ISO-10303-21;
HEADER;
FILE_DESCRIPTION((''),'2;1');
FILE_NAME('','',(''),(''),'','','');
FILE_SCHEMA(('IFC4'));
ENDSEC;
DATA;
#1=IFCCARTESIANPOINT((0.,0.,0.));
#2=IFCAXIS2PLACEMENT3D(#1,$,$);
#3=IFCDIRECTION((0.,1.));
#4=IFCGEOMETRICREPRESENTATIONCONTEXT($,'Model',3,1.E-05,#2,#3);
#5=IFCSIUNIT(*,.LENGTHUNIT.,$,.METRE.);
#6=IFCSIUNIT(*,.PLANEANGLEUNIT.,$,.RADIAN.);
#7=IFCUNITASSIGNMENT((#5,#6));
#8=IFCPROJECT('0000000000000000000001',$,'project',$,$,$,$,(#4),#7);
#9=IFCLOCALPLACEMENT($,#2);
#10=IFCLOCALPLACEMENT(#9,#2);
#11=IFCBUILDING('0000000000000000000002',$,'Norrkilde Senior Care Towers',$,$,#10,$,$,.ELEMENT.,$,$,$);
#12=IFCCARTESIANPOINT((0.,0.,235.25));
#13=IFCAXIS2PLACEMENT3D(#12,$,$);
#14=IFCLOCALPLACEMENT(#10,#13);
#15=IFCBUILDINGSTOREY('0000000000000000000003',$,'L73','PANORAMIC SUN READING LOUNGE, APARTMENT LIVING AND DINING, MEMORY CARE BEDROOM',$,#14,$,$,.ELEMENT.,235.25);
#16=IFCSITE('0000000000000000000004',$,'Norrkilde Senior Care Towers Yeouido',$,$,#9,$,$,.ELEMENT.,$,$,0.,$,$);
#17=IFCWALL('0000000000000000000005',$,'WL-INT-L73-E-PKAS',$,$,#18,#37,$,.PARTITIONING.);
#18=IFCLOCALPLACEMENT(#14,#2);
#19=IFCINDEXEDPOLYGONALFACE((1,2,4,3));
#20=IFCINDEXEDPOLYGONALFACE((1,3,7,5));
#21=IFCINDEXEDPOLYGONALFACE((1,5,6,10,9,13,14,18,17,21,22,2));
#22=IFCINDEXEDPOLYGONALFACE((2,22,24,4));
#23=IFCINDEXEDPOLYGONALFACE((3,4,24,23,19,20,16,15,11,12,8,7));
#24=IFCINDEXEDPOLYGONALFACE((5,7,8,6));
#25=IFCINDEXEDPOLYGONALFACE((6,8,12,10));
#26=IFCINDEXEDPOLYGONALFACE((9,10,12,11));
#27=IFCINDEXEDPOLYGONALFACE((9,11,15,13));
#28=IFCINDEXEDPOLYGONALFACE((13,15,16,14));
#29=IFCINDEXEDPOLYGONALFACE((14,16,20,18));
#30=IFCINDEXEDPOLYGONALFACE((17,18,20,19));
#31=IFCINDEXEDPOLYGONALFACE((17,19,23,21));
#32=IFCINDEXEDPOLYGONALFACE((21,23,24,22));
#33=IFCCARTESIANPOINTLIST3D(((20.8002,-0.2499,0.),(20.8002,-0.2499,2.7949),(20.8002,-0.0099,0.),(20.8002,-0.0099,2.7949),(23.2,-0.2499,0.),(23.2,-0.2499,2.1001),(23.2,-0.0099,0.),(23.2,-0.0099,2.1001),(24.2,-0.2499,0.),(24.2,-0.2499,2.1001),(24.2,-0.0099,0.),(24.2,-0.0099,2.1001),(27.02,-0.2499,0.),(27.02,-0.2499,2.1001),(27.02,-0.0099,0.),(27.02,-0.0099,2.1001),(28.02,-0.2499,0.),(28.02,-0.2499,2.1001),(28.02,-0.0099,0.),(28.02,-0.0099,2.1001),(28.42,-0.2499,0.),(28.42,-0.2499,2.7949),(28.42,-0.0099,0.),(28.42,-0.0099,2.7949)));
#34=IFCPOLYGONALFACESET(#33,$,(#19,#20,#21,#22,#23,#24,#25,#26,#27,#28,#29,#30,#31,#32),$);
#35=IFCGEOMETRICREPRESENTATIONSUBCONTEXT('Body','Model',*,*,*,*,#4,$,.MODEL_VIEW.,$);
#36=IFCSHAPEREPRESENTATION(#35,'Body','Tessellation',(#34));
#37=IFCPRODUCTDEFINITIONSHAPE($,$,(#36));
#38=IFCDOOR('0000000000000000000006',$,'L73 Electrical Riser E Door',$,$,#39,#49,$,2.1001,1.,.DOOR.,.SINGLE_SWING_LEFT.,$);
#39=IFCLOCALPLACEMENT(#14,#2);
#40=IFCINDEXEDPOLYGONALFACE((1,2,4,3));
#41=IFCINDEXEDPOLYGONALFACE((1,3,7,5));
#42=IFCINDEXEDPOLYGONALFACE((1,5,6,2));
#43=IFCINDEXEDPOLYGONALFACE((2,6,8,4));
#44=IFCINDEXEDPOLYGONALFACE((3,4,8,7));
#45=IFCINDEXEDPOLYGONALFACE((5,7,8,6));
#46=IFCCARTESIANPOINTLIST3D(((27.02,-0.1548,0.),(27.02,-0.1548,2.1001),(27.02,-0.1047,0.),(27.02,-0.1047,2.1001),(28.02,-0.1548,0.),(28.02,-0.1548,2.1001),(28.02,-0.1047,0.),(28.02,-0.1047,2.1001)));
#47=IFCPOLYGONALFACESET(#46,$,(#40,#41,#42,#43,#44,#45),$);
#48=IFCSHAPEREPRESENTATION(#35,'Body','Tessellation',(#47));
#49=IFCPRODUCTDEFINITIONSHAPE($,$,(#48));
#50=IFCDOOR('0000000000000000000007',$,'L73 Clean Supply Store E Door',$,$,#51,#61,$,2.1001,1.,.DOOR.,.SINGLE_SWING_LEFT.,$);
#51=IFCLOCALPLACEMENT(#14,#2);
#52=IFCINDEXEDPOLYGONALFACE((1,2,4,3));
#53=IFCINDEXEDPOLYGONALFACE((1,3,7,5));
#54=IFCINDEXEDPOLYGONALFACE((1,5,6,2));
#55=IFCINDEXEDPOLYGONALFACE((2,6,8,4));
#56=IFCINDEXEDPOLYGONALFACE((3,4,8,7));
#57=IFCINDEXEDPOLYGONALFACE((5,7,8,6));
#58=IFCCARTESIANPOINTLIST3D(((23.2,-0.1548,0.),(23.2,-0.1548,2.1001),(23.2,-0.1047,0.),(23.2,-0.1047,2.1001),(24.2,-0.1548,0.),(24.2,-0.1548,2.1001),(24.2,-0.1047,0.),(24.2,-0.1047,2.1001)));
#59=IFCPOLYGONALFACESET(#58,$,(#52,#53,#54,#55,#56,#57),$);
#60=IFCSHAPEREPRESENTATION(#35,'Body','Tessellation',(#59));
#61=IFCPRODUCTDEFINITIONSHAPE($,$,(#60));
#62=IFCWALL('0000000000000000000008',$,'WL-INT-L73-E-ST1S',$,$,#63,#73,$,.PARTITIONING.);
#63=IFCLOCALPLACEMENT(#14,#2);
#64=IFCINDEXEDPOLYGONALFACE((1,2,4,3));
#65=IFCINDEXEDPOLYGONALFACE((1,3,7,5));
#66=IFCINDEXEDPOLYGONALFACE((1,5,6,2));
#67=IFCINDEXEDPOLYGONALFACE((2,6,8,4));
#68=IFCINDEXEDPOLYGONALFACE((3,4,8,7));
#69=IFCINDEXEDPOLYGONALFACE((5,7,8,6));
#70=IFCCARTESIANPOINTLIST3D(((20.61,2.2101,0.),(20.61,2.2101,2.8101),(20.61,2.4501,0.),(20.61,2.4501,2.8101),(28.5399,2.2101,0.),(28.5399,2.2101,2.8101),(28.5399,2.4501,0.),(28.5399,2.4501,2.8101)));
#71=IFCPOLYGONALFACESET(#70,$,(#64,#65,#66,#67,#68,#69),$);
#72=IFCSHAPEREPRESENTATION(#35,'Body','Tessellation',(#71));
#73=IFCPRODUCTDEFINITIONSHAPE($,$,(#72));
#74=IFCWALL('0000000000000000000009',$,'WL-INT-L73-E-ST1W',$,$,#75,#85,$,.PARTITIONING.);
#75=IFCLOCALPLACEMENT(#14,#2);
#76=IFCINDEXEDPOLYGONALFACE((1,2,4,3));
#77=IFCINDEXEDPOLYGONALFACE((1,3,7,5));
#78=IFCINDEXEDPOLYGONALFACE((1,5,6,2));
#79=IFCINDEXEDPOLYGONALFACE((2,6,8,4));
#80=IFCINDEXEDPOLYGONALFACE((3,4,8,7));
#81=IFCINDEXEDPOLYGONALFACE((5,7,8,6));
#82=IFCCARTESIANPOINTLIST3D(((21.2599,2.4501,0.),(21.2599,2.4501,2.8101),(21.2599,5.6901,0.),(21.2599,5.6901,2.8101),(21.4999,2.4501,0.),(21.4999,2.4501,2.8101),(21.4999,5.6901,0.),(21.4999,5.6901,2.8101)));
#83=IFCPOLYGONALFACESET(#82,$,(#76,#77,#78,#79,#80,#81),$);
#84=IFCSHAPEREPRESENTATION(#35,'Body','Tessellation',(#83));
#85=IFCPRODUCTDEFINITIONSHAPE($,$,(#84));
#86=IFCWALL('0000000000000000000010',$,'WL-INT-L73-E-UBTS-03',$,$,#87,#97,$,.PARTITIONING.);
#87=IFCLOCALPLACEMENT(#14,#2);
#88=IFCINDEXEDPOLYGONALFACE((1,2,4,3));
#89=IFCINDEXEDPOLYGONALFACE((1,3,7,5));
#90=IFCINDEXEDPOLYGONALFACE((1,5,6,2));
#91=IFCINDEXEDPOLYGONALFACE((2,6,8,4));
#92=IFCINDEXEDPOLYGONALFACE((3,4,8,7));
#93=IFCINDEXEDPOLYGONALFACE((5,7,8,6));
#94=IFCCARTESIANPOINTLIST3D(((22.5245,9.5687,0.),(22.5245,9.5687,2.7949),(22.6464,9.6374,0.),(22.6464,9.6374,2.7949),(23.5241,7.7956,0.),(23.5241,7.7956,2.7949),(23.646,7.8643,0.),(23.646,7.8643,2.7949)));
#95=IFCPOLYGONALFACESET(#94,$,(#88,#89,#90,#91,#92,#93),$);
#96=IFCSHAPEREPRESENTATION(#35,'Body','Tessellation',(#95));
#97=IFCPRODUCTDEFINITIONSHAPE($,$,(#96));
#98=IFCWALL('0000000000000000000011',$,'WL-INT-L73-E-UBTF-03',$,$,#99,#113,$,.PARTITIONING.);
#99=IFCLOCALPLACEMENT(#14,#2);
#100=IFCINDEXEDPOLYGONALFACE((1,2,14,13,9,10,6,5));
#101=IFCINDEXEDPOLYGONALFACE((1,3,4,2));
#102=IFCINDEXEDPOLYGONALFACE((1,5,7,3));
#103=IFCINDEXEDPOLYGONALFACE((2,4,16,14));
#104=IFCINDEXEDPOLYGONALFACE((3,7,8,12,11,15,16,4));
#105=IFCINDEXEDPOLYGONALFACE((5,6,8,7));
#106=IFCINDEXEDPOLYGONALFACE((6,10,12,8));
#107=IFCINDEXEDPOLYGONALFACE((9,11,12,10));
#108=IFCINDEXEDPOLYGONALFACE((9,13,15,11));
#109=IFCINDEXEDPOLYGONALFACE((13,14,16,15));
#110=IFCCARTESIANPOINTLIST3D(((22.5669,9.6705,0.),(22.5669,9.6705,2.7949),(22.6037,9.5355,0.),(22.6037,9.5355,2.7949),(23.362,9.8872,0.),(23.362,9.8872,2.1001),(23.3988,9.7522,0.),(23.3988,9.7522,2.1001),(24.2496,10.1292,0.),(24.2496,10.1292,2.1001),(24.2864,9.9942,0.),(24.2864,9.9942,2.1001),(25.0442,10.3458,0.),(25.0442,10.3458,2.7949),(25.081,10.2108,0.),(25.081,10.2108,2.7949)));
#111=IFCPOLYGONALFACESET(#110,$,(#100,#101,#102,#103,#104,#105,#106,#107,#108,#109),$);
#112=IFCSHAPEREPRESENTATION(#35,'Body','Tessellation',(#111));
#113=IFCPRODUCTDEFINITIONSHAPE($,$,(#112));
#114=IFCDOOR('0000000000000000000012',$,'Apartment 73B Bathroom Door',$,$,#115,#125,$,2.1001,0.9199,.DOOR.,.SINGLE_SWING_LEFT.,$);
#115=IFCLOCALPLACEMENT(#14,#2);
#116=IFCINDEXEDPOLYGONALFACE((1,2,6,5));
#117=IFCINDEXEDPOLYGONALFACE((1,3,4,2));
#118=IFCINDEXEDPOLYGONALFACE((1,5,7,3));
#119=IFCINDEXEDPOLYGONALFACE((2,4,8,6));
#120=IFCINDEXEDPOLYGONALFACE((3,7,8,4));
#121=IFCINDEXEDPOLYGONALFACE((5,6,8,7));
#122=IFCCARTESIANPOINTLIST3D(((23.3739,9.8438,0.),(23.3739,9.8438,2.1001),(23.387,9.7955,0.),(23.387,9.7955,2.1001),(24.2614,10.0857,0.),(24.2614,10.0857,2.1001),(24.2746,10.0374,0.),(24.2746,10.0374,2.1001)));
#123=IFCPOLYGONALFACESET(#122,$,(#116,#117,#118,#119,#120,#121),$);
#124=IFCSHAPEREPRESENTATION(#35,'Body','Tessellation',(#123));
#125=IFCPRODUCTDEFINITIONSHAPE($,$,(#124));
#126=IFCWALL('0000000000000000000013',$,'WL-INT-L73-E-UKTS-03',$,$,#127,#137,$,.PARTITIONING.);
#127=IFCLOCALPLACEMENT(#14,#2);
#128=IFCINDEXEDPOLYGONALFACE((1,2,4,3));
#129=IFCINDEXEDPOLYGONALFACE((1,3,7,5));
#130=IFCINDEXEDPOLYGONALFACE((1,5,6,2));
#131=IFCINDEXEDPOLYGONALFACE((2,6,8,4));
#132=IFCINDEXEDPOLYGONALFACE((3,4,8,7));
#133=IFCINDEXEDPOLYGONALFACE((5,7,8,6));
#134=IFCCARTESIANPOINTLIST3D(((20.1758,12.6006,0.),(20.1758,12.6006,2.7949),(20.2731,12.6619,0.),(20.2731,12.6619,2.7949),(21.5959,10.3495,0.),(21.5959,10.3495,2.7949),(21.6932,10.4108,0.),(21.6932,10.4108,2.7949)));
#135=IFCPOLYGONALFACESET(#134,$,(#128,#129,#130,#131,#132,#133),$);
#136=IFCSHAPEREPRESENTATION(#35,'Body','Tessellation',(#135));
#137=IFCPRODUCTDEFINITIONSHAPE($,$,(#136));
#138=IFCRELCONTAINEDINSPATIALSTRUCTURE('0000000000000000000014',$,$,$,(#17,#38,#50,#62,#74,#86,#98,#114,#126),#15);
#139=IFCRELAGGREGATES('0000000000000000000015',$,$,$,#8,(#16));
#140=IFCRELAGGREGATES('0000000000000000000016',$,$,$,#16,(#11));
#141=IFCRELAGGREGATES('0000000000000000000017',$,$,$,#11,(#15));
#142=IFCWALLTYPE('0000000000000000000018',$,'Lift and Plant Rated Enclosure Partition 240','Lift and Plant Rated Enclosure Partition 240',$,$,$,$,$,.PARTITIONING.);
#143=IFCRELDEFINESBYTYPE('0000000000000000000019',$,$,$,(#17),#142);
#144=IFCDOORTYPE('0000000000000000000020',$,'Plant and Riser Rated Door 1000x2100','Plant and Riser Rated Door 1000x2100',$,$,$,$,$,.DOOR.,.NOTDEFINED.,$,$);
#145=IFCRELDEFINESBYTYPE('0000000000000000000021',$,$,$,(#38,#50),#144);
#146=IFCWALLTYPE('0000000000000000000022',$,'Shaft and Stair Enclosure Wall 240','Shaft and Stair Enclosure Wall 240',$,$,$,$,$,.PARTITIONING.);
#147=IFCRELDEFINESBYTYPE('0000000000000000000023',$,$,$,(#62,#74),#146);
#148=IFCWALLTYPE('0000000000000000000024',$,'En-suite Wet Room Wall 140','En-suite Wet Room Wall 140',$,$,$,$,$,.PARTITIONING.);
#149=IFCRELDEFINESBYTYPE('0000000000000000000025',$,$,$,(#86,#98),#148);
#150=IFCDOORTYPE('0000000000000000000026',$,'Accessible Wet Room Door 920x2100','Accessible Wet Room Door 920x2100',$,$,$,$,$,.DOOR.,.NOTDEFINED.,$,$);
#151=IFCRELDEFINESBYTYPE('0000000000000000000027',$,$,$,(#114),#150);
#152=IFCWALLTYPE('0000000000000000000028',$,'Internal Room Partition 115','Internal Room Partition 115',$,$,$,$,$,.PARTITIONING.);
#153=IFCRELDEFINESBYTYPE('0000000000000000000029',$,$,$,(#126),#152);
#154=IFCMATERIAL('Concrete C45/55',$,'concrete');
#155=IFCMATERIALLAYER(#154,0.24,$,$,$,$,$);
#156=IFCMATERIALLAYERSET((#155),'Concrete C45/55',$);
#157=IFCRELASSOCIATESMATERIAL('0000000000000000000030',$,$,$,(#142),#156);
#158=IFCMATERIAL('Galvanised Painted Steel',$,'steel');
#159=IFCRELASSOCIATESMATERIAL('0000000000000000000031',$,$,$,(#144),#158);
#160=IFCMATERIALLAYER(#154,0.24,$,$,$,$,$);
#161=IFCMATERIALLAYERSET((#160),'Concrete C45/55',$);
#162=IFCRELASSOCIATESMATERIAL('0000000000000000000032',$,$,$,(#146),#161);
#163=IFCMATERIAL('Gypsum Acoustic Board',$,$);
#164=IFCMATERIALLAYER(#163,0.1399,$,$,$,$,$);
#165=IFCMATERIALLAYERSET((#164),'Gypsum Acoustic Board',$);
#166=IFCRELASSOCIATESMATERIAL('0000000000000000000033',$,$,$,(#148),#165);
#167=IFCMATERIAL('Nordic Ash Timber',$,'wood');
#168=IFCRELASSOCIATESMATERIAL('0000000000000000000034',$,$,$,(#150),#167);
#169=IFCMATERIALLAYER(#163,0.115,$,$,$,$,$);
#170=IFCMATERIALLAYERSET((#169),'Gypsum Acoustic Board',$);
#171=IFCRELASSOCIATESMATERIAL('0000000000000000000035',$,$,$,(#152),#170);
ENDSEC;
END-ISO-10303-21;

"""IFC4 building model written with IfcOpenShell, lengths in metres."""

from ifc_helpers import new_model, si_unit, direction, frame, frame_2d, origin, place, context, subcontext, project, spatial, rectangle, extrude, source, transform, mapped, material, layer, layer_set, type_object, type_shapes, element, fill, save


model = new_model("IFC4")

# Units and contexts
model_context = context("Model", 3, precision=1e-05, world=origin(), true_north=direction((0.0, 1.0)))
body_context = subcontext(model_context, "Body", "Model", "MODEL_VIEW")
ifc_project = project(units=[si_unit("LENGTHUNIT", "METRE"), si_unit("PLANEANGLEUNIT", "RADIAN")], contexts=[model_context])

# Site, building, storey
site_placement = place(None, origin())
site = spatial("IfcSite", under=ifc_project, at=site_placement, Name="Norrkilde Senior Care Towers Yeouido", CompositionType="ELEMENT", RefElevation=0.0)
building_placement = place(site_placement, origin())
building = spatial("IfcBuilding", under=site, at=building_placement, Name="Norrkilde Senior Care Towers", CompositionType="ELEMENT")
storey_placement = place(building_placement, frame((0.0, 0.0, 235.25)))
storey = spatial("IfcBuildingStorey", under=building, at=storey_placement, Name="L73", Description="PANORAMIC SUN READING LOUNGE, APARTMENT LIVING AND DINING, MEMORY CARE BEDROOM", CompositionType="ELEMENT", Elevation=235.25)

# Wall, openings, doors
ifc_material_1 = material(Name="Concrete C45/55", Category="concrete")
ifc_layer_1 = layer(ifc_material_1, 0.24)
ifc_layer_set_1 = layer_set([ifc_layer_1], Name="Concrete C45/55")
wall_type_1 = type_object("IfcWallType", Name="Lift and Plant Rated Enclosure Partition 240", Description="Lift and Plant Rated Enclosure Partition 240", PredefinedType="PARTITIONING", material=ifc_layer_set_1)
shared_shape_1 = source(origin(), body_context, "Body", "SweptSolid", [
    extrude(rectangle(XDim=7.6199, YDim=0.24, at=frame_2d((3.8101, 0.0))), origin(), (0.0, 0.0, 1.0), 2.7949),
])
type_shapes(wall_type_1, [shared_shape_1])
wall_1_placement = place(storey_placement, frame((20.8, -0.1299, 0.0), z_axis=(0.0, 0.0, 1.0), x_axis=(1.0, 0.0, 0.0)))
wall_1 = element("IfcWall", 1, at=wall_1_placement, inside=storey, type_object=wall_type_1, Name="WL-INT-L73-E-PKAS", PredefinedType="PARTITIONING", context=body_context, shape_type="MappedRepresentation", body=[
    mapped(shared_shape_1, transform((0.0, 0.0, 0.0), x_axis=(1.0, 0.0, 0.0), y_axis=(0.0, 1.0, 0.0), z_axis=(0.0, 0.0, 1.0), scale=1.0)),
])
opening_1_placement = place(wall_1_placement, frame((6.22, 0.0, 0.0)))
opening_1 = element("IfcOpeningElement", 2, at=opening_1_placement, cuts=wall_1, PredefinedType="OPENING", context=body_context, shape_type="SweptSolid", body=[
    extrude(rectangle(XDim=1.0, YDim=2.1001, at=frame_2d((0.5, 1.05))), frame((0.0, 0.1299, 0.0), z_axis=(0.0, -1.0, 0.0), x_axis=(1.0, 0.0, 0.0)), (0.0, 0.0, 1.0), 0.26),
])
opening_2_placement = place(wall_1_placement, frame((2.3999, 0.0, 0.0)))
opening_2 = element("IfcOpeningElement", 3, at=opening_2_placement, cuts=wall_1, PredefinedType="OPENING", context=body_context, shape_type="SweptSolid", body=[
    extrude(rectangle(XDim=1.0, YDim=2.1001, at=frame_2d((0.5, 1.05))), frame((0.0, 0.1299, 0.0), z_axis=(0.0, -1.0, 0.0), x_axis=(1.0, 0.0, 0.0)), (0.0, 0.0, 1.0), 0.26),
])
ifc_material_2 = material(Name="Galvanised Painted Steel", Category="steel")
door_type_1 = type_object("IfcDoorType", Name="Plant and Riser Rated Door 1000x2100", Description="Plant and Riser Rated Door 1000x2100", OperationType="NOTDEFINED", PredefinedType="DOOR", material=ifc_material_2)
shared_shape_2 = source(origin(), body_context, "Body", "SweptSolid", [
    extrude(rectangle(XDim=1.0, YDim=2.1001, at=frame_2d((0.5, 1.05))), frame((0.0, 0.0249, 0.0), z_axis=(0.0, -1.0, 0.0), x_axis=(1.0, 0.0, 0.0)), (0.0, 0.0, 1.0), 0.05),
])
type_shapes(door_type_1, [shared_shape_2])
door_1_placement = place(opening_1_placement, frame((1.0, 0.0, 0.0), z_axis=(0.0, 0.0, 1.0), x_axis=(-1.0, 0.0, 0.0)))
door_1 = element("IfcDoor", 4, at=door_1_placement, inside=storey, type_object=door_type_1, Name="L73 Electrical Riser E Door", OperationType="SINGLE_SWING_LEFT", OverallHeight=2.1001, OverallWidth=1.0, PredefinedType="DOOR", context=body_context, shape_type="MappedRepresentation", body=[
    mapped(shared_shape_2, transform((0.0, 0.0, 0.0), x_axis=(1.0, 0.0, 0.0), y_axis=(0.0, 1.0, 0.0), z_axis=(0.0, 0.0, 1.0), scale=1.0)),
])
fill(opening_1, door_1)
door_2_placement = place(opening_2_placement, frame((1.0, 0.0, 0.0), z_axis=(0.0, 0.0, 1.0), x_axis=(-1.0, 0.0, 0.0)))
door_2 = element("IfcDoor", 5, at=door_2_placement, inside=storey, type_object=door_type_1, Name="L73 Clean Supply Store E Door", OperationType="SINGLE_SWING_LEFT", OverallHeight=2.1001, OverallWidth=1.0, PredefinedType="DOOR", context=body_context, shape_type="MappedRepresentation", body=[
    mapped(shared_shape_2, transform((0.0, 0.0, 0.0), x_axis=(1.0, 0.0, 0.0), y_axis=(0.0, 1.0, 0.0), z_axis=(0.0, 0.0, 1.0), scale=1.0)),
])
fill(opening_2, door_2)

# Walls
ifc_layer_2 = layer(ifc_material_1, 0.24)
ifc_layer_set_2 = layer_set([ifc_layer_2], Name="Concrete C45/55")
wall_type_2 = type_object("IfcWallType", Name="Shaft and Stair Enclosure Wall 240", Description="Shaft and Stair Enclosure Wall 240", PredefinedType="PARTITIONING", material=ifc_layer_set_2)
shared_shape_3 = source(origin(), body_context, "Body", "SweptSolid", [
    extrude(rectangle(XDim=7.9299, YDim=0.24, at=frame_2d((3.9648, 0.0))), origin(), (0.0, 0.0, 1.0), 2.8101),
])
wall_2_placement = place(storey_placement, frame((20.6101, 2.3301, 0.0), z_axis=(0.0, 0.0, 1.0), x_axis=(1.0, 0.0, 0.0)))
element("IfcWall", 6, at=wall_2_placement, inside=storey, type_object=wall_type_2, Name="WL-INT-L73-E-ST1S", PredefinedType="PARTITIONING", context=body_context, shape_type="MappedRepresentation", body=[
    mapped(shared_shape_3, transform((0.0, 0.0, 0.0), x_axis=(1.0, 0.0, 0.0), y_axis=(0.0, 1.0, 0.0), z_axis=(0.0, 0.0, 1.0), scale=1.0)),
])
shared_shape_4 = source(origin(), body_context, "Body", "SweptSolid", [
    extrude(rectangle(XDim=3.24, YDim=0.24, at=frame_2d((1.6201, 0.0))), origin(), (0.0, 0.0, 1.0), 2.8101),
])
type_shapes(wall_type_2, [shared_shape_3, shared_shape_4])
wall_3_placement = place(storey_placement, frame((21.3799, 2.45, 0.0), z_axis=(0.0, 0.0, 1.0), x_axis=(0.0, 1.0, 0.0)))
element("IfcWall", 7, at=wall_3_placement, inside=storey, type_object=wall_type_2, Name="WL-INT-L73-E-ST1W", PredefinedType="PARTITIONING", context=body_context, shape_type="MappedRepresentation", body=[
    mapped(shared_shape_4, transform((0.0, 0.0, 0.0), x_axis=(1.0, 0.0, 0.0), y_axis=(0.0, 1.0, 0.0), z_axis=(0.0, 0.0, 1.0), scale=1.0)),
])
ifc_material_3 = material(Name="Gypsum Acoustic Board")
ifc_layer_3 = layer(ifc_material_3, 0.1399)
ifc_layer_set_3 = layer_set([ifc_layer_3], Name="Gypsum Acoustic Board")
wall_type_3 = type_object("IfcWallType", Name="En-suite Wet Room Wall 140", Description="En-suite Wet Room Wall 140", PredefinedType="PARTITIONING", material=ifc_layer_set_3)
shared_shape_5 = source(origin(), body_context, "Body", "SweptSolid", [
    extrude(rectangle(XDim=2.0354, YDim=0.1399, at=frame_2d((1.0176, 0.0))), origin(), (0.0, 0.0, 1.0), 2.7949),
])
wall_4_placement = place(storey_placement, frame((23.585, 7.8301, 0.0), z_axis=(0.0, 0.0, 1.0), x_axis=(-0.491093, 0.871107, 0.0)))
element("IfcWall", 8, at=wall_4_placement, inside=storey, type_object=wall_type_3, Name="WL-INT-L73-E-UBTS-03", PredefinedType="PARTITIONING", context=body_context, shape_type="MappedRepresentation", body=[
    mapped(shared_shape_5, transform((0.0, 0.0, 0.0), x_axis=(1.0, 0.0, 0.0), y_axis=(0.0, 1.0, 0.0), z_axis=(0.0, 0.0, 1.0), scale=1.0)),
])

# Wall, opening, door
shared_shape_6 = source(origin(), body_context, "Body", "SweptSolid", [
    extrude(rectangle(XDim=2.5676, YDim=0.1399, at=frame_2d((1.2837, 0.0))), origin(), (0.0, 0.0, 1.0), 2.7949),
])
type_shapes(wall_type_3, [shared_shape_5, shared_shape_6])
wall_5_placement = place(storey_placement, frame((22.5854, 9.603, 0.0), z_axis=(0.0, 0.0, 1.0), x_axis=(0.964797, 0.262997, 0.0)))
wall_5 = element("IfcWall", 9, at=wall_5_placement, inside=storey, type_object=wall_type_3, Name="WL-INT-L73-E-UBTF-03", PredefinedType="PARTITIONING", context=body_context, shape_type="MappedRepresentation", body=[
    mapped(shared_shape_6, transform((0.0, 0.0, 0.0), x_axis=(1.0, 0.0, 0.0), y_axis=(0.0, 1.0, 0.0), z_axis=(0.0, 0.0, 1.0), scale=1.0)),
])
opening_3_placement = place(wall_5_placement, frame((0.824, 0.0, 0.0)))
opening_3 = element("IfcOpeningElement", 10, at=opening_3_placement, cuts=wall_5, PredefinedType="OPENING", context=body_context, shape_type="SweptSolid", body=[
    extrude(rectangle(XDim=0.9199, YDim=2.1001, at=frame_2d((0.46, 1.05))), frame((0.0, 0.0798, 0.0), z_axis=(0.0, -1.0, 0.0), x_axis=(1.0, 0.0, 0.0)), (0.0, 0.0, 1.0), 0.1599),
])
ifc_material_4 = material(Name="Nordic Ash Timber", Category="wood")
door_type_2 = type_object("IfcDoorType", Name="Accessible Wet Room Door 920x2100", Description="Accessible Wet Room Door 920x2100", OperationType="NOTDEFINED", PredefinedType="DOOR", material=ifc_material_4)
shared_shape_7 = source(origin(), body_context, "Body", "SweptSolid", [
    extrude(rectangle(XDim=0.9199, YDim=2.1001, at=frame_2d((0.46, 1.05))), frame((0.0, 0.0249, 0.0), z_axis=(0.0, -1.0, 0.0), x_axis=(1.0, 0.0, 0.0)), (0.0, 0.0, 1.0), 0.05),
])
type_shapes(door_type_2, [shared_shape_7])
door_3_placement = place(opening_3_placement, origin())
door_3 = element("IfcDoor", 11, at=door_3_placement, inside=storey, type_object=door_type_2, Name="Apartment 73B Bathroom Door", OperationType="SINGLE_SWING_LEFT", OverallHeight=2.1001, OverallWidth=0.9199, PredefinedType="DOOR", context=body_context, shape_type="MappedRepresentation", body=[
    mapped(shared_shape_7, transform((0.0, 0.0, 0.0), x_axis=(1.0, 0.0, 0.0), y_axis=(0.0, 1.0, 0.0), z_axis=(0.0, 0.0, 1.0), scale=1.0)),
])
fill(opening_3, door_3)

# Wall
ifc_layer_4 = layer(ifc_material_3, 0.115)
ifc_layer_set_4 = layer_set([ifc_layer_4], Name="Gypsum Acoustic Board")
wall_type_4 = type_object("IfcWallType", Name="Internal Room Partition 115", Description="Internal Room Partition 115", PredefinedType="PARTITIONING", material=ifc_layer_set_4)
shared_shape_8 = source(origin(), body_context, "Body", "SweptSolid", [
    extrude(rectangle(XDim=2.6616, YDim=0.115, at=frame_2d((1.3308, 0.0))), origin(), (0.0, 0.0, 1.0), 2.7949),
])
wall_6_placement = place(storey_placement, frame((21.6445, 10.3801, 0.0), z_axis=(0.0, 0.0, 1.0), x_axis=(-0.533548, 0.84577, 0.0)))
element("IfcWall", 12, at=wall_6_placement, inside=storey, type_object=wall_type_4, Name="WL-INT-L73-E-UKTS-03", PredefinedType="PARTITIONING", context=body_context, shape_type="MappedRepresentation", body=[
    mapped(shared_shape_8, transform((0.0, 0.0, 0.0), x_axis=(1.0, 0.0, 0.0), y_axis=(0.0, 1.0, 0.0), z_axis=(0.0, 0.0, 1.0), scale=1.0)),
])

save(model, "model.ifc")
